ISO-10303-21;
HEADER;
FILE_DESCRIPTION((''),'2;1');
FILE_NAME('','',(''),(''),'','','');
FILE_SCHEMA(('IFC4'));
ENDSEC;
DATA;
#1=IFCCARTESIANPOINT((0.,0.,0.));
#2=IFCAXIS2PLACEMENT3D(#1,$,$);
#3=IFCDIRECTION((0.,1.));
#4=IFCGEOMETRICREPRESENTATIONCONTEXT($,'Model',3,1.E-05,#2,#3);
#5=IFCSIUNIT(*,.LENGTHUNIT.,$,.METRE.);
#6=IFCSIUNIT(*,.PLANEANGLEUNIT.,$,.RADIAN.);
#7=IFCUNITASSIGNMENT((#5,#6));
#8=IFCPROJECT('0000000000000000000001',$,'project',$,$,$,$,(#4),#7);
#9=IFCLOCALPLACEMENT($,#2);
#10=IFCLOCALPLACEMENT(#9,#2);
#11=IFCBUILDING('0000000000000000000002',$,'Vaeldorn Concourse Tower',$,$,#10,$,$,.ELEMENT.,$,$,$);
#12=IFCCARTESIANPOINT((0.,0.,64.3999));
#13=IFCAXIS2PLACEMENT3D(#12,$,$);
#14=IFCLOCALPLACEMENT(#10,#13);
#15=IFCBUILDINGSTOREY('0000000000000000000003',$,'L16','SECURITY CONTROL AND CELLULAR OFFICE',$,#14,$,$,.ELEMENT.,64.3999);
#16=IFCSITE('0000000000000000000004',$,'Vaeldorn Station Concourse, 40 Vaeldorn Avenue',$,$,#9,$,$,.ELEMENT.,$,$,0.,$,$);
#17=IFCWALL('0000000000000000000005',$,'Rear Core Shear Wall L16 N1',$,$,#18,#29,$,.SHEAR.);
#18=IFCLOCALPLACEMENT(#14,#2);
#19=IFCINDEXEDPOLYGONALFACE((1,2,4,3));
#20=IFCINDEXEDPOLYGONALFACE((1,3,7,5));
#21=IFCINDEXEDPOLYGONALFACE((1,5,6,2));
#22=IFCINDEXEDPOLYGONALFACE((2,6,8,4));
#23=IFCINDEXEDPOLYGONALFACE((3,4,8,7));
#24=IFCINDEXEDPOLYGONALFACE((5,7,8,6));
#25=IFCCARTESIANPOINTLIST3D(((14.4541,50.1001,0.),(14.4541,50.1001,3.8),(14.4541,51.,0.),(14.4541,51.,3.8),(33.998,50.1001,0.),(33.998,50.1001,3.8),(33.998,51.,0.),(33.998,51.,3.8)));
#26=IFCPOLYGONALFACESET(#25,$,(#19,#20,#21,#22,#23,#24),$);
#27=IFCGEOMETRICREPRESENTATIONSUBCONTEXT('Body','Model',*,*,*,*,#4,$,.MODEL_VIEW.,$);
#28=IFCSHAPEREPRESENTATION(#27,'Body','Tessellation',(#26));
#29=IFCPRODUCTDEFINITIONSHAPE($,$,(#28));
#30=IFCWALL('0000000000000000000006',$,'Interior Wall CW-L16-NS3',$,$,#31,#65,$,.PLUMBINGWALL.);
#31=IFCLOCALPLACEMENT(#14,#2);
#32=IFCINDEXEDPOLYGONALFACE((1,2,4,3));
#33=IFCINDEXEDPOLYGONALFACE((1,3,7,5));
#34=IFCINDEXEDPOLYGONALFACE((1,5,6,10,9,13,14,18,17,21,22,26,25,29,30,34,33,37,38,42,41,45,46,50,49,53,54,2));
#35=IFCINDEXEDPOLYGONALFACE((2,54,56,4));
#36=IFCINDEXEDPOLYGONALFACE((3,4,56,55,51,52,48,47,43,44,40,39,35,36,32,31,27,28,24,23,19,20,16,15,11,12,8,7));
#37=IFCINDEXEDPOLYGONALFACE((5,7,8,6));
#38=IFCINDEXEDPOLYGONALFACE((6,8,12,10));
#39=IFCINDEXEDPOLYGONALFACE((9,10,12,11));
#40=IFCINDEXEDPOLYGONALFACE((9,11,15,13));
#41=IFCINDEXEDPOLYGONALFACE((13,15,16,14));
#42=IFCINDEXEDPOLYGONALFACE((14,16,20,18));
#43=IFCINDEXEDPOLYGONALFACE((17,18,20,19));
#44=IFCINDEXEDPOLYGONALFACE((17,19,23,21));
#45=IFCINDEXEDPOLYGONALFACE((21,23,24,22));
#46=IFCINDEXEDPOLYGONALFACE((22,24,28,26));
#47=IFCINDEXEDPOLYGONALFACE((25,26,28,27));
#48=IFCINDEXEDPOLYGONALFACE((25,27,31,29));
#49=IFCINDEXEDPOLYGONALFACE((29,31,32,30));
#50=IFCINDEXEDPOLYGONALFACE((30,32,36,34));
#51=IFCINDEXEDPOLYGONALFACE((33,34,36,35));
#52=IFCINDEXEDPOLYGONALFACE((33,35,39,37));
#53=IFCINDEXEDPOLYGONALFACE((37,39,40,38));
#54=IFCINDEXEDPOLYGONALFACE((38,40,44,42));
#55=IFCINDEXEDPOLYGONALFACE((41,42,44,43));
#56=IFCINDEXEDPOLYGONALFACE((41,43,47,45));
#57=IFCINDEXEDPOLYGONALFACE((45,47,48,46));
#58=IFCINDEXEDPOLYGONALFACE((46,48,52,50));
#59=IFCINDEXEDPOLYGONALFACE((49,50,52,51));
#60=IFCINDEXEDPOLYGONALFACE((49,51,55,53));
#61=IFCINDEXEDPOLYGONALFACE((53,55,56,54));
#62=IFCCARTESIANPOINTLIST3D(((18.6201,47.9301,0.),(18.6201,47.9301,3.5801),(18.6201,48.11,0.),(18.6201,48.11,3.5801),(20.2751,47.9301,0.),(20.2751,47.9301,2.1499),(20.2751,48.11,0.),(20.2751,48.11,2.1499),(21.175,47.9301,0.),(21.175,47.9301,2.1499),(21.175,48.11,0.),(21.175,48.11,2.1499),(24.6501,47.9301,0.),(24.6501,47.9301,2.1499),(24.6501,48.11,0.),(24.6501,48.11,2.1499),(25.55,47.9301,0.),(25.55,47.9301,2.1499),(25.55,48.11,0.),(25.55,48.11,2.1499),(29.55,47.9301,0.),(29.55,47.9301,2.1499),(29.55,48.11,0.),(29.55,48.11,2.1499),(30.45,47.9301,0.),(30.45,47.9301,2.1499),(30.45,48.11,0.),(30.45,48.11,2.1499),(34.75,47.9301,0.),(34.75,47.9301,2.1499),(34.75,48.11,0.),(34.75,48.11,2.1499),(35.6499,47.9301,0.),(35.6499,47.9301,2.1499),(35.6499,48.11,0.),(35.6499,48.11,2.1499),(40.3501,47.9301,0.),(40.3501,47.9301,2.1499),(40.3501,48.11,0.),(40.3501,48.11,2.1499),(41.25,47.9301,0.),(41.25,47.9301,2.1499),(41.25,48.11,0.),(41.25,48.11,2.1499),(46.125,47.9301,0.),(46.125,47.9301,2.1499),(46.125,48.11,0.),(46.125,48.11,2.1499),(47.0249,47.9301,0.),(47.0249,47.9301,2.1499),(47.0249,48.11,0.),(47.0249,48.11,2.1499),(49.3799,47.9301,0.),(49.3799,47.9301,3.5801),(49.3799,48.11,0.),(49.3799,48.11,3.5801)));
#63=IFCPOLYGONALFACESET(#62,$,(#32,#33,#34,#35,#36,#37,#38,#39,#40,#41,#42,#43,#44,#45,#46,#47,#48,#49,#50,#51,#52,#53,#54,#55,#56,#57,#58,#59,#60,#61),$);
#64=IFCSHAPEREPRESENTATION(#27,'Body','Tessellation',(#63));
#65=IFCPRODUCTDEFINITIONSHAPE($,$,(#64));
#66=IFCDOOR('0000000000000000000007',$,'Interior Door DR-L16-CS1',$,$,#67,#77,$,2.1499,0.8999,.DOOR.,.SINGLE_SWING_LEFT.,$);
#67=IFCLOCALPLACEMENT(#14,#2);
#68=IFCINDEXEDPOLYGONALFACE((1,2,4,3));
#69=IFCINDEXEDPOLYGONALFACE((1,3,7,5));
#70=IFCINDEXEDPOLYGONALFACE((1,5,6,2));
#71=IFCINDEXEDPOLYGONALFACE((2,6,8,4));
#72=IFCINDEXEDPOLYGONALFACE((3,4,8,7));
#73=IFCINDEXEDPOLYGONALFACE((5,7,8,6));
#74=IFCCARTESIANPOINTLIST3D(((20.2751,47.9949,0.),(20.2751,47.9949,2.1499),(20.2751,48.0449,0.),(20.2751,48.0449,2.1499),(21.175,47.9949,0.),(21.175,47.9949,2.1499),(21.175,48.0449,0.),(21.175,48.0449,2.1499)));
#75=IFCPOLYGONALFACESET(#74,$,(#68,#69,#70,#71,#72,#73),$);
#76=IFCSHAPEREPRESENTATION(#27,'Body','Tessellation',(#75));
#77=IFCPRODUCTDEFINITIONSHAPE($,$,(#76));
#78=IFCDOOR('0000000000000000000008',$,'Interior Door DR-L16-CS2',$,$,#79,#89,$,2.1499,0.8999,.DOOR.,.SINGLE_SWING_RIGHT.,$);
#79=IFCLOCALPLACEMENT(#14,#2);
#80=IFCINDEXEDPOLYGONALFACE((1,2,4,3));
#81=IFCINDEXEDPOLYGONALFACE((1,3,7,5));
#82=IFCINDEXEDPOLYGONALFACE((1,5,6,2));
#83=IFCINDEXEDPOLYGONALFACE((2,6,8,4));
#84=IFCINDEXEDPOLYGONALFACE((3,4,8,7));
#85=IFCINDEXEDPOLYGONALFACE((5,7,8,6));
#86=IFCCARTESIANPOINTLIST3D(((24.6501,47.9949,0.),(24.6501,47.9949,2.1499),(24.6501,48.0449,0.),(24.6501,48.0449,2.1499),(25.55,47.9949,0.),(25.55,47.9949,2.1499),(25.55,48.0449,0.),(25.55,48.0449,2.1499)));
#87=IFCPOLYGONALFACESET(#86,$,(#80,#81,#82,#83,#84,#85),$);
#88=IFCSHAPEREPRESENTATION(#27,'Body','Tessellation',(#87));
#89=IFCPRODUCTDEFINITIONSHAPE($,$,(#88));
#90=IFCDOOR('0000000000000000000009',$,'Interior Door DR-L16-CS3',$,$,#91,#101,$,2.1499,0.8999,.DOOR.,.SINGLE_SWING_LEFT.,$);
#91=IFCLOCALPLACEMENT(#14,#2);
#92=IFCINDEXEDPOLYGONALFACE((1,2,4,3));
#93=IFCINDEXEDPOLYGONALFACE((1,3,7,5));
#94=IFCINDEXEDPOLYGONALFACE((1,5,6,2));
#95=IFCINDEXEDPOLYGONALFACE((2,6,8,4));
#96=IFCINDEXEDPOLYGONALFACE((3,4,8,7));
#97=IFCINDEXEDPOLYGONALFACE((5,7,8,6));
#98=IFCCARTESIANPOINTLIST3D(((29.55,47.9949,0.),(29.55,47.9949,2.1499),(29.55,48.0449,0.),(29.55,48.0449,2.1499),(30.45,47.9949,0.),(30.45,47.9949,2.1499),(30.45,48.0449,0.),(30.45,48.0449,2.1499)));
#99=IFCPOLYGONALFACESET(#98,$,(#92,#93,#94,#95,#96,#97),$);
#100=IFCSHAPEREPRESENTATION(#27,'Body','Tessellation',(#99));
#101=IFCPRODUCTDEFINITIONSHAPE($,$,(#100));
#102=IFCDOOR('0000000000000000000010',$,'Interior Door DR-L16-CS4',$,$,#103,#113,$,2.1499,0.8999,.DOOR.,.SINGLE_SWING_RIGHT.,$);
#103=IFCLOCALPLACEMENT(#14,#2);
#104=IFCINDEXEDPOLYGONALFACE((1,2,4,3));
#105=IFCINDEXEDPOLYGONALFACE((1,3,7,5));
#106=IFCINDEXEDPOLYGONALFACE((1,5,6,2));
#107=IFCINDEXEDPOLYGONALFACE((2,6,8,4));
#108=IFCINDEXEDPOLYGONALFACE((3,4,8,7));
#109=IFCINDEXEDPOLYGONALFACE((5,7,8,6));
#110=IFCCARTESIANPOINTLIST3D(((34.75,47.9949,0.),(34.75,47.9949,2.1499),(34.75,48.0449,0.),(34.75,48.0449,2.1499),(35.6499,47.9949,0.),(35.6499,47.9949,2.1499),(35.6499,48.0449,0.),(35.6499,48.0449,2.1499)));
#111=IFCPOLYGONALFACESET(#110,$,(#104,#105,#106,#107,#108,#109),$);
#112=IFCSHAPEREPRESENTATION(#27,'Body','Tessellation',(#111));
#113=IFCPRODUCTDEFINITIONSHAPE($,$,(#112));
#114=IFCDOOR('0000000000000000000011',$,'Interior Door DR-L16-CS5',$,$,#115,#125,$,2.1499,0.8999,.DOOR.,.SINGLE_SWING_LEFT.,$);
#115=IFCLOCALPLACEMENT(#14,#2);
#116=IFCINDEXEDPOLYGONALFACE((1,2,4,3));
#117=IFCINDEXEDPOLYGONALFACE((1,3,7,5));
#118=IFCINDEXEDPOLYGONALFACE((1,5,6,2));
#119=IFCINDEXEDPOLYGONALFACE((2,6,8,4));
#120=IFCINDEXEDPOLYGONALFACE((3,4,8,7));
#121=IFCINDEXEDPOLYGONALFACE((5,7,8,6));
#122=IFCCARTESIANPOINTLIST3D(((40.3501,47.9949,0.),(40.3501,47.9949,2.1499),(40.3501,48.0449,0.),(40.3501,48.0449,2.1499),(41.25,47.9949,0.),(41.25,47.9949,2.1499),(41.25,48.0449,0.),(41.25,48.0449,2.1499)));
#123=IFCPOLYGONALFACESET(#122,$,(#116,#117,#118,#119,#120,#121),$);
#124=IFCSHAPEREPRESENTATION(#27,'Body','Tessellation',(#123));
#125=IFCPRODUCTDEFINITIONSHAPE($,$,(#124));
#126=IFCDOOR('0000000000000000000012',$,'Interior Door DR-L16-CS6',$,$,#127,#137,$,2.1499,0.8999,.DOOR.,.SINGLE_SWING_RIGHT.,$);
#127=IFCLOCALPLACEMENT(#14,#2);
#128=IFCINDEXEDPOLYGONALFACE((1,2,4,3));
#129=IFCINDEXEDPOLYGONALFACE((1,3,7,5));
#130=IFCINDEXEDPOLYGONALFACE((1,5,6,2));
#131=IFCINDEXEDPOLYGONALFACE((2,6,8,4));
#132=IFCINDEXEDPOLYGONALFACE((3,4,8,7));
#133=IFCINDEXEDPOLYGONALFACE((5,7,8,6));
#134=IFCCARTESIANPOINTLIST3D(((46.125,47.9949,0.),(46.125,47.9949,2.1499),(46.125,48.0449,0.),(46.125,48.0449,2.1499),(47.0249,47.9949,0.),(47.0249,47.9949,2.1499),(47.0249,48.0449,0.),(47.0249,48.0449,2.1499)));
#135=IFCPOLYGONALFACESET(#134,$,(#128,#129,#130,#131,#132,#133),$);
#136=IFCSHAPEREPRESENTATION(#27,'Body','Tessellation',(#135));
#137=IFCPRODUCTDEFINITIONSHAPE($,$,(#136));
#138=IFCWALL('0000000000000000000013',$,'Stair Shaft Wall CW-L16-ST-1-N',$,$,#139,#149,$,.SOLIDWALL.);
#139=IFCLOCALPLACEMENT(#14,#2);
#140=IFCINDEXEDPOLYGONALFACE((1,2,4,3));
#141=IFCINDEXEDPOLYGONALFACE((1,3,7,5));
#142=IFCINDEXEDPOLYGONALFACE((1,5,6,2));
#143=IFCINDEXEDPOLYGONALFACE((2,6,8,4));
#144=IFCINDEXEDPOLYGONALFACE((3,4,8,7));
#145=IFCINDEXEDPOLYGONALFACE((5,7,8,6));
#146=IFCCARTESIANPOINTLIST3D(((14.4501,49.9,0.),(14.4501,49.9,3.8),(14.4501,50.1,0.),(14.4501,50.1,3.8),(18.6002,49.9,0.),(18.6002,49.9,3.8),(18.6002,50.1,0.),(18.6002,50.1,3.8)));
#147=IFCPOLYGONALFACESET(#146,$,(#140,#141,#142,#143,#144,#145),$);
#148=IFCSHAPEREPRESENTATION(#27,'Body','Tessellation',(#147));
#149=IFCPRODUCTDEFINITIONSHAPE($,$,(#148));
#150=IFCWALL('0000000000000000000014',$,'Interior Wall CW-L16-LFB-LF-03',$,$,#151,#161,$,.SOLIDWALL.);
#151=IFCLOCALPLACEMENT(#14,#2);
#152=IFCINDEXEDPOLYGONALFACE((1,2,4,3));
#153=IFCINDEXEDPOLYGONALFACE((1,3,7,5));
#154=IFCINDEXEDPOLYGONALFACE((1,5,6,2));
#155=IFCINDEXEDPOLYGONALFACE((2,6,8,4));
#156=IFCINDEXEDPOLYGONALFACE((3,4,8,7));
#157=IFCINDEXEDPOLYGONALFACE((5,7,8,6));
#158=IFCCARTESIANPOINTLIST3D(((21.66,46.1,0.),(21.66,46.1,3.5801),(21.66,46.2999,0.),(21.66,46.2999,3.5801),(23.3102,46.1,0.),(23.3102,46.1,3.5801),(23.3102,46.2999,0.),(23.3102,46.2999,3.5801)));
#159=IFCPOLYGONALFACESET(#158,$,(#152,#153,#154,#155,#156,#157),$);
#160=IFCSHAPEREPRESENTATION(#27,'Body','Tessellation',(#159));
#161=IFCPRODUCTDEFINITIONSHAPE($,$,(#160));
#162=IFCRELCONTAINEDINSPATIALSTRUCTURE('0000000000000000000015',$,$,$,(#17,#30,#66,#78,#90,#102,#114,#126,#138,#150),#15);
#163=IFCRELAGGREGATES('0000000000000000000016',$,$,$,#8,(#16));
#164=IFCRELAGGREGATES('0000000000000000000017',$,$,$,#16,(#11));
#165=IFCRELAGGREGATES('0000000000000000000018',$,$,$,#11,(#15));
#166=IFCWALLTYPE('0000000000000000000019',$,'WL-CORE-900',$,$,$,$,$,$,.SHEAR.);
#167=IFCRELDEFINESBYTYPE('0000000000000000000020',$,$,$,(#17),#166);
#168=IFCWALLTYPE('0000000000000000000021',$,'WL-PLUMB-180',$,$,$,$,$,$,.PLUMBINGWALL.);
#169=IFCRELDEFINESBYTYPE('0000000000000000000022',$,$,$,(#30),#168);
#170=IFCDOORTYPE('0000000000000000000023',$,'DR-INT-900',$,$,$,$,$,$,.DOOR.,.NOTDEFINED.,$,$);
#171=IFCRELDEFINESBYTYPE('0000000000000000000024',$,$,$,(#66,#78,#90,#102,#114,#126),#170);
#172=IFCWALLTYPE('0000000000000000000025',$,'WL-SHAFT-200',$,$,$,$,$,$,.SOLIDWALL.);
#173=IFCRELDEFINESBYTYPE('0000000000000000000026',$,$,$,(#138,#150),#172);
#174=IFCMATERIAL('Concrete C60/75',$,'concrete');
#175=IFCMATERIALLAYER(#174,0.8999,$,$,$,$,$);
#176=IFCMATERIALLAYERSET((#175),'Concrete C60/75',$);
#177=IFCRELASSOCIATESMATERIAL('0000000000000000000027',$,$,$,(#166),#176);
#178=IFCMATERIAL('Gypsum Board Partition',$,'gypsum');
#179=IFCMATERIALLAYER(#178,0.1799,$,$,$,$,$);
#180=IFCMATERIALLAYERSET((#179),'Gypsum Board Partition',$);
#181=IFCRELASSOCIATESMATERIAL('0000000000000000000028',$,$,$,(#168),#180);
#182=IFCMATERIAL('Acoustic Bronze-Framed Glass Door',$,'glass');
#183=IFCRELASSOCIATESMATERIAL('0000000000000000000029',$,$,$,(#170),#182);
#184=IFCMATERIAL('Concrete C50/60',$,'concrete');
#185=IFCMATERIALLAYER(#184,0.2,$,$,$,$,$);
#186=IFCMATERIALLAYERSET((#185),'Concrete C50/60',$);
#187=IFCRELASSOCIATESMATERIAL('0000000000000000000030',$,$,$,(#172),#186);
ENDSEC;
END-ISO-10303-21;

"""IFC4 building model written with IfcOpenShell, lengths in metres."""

from ifc_helpers import new_model, si_unit, direction, frame, frame_2d, origin, place, context, subcontext, project, spatial, rectangle, extrude, source, transform, mapped, material, layer, layer_set, type_object, element, fill, save


model = new_model("IFC4")

# Units and contexts
model_context = context("Model", 3, precision=1e-05, world=origin(), true_north=direction((0.0, 1.0)))
body_context = subcontext(model_context, "Body", "Model", "MODEL_VIEW")
ifc_project = project(units=[si_unit("LENGTHUNIT", "METRE"), si_unit("PLANEANGLEUNIT", "RADIAN")], contexts=[model_context])

# Site, building, storey
site_placement = place(None, origin())
site = spatial("IfcSite", under=ifc_project, at=site_placement, Name="Vaeldorn Station Concourse, 40 Vaeldorn Avenue", CompositionType="ELEMENT", RefElevation=0.0)
building_placement = place(site_placement, origin())
building = spatial("IfcBuilding", under=site, at=building_placement, Name="Vaeldorn Concourse Tower", CompositionType="ELEMENT")
storey_placement = place(building_placement, frame((0.0, 0.0, 64.3999)))
storey = spatial("IfcBuildingStorey", under=building, at=storey_placement, Name="L16", Description="SECURITY CONTROL AND CELLULAR OFFICE", CompositionType="ELEMENT", Elevation=64.3999)

# Wall
ifc_material_1 = material(Name="Concrete C60/75", Category="concrete")
ifc_layer_1 = layer(ifc_material_1, 0.8999)
ifc_layer_set_1 = layer_set([ifc_layer_1], Name="Concrete C60/75")
wall_type_1 = type_object("IfcWallType", Name="WL-CORE-900", PredefinedType="SHEAR", material=ifc_layer_set_1)
wall_1_placement = place(storey_placement, frame((14.4541, 50.55, 0.0), z_axis=(0.0, 0.0, 1.0), x_axis=(1.0, 0.0, 0.0)))
element("IfcWall", 1, at=wall_1_placement, inside=storey, type_object=wall_type_1, Name="Rear Core Shear Wall L16 N1", PredefinedType="SHEAR", context=body_context, shape_type="SweptSolid", body=[
    extrude(rectangle(XDim=19.5439, YDim=0.8999, at=frame_2d((9.772, 0.0))), origin(), (0.0, 0.0, 1.0), 3.8),
])

# Wall, openings, doors
ifc_material_2 = material(Name="Gypsum Board Partition", Category="gypsum")
ifc_layer_2 = layer(ifc_material_2, 0.1799)
ifc_layer_set_2 = layer_set([ifc_layer_2], Name="Gypsum Board Partition")
wall_type_2 = type_object("IfcWallType", Name="WL-PLUMB-180", PredefinedType="PLUMBINGWALL", material=ifc_layer_set_2)
wall_2_placement = place(storey_placement, frame((18.6201, 48.02, 0.0), z_axis=(0.0, 0.0, 1.0), x_axis=(1.0, 0.0, 0.0)))
wall_2 = element("IfcWall", 2, at=wall_2_placement, inside=storey, type_object=wall_type_2, Name="Interior Wall CW-L16-NS3", PredefinedType="PLUMBINGWALL", context=body_context, shape_type="SweptSolid", body=[
    extrude(rectangle(XDim=30.7598, YDim=0.1799, at=frame_2d((15.3799, 0.0))), origin(), (0.0, 0.0, 1.0), 3.5801),
])
opening_1_placement = place(wall_2_placement, frame((1.655, 0.0, 0.0)))
opening_1 = element("IfcOpeningElement", 3, at=opening_1_placement, cuts=wall_2, PredefinedType="OPENING", context=body_context, shape_type="SweptSolid", body=[
    extrude(rectangle(XDim=0.8999, YDim=2.1499, at=frame_2d((0.45, 1.075))), frame((0.0, 0.1001, 0.0), z_axis=(0.0, -1.0, 0.0), x_axis=(1.0, 0.0, 0.0)), (0.0, 0.0, 1.0), 0.2),
])
opening_2_placement = place(wall_2_placement, frame((6.03, 0.0, 0.0)))
opening_2 = element("IfcOpeningElement", 4, at=opening_2_placement, cuts=wall_2, PredefinedType="OPENING", context=body_context, shape_type="SweptSolid", body=[
    extrude(rectangle(XDim=0.8999, YDim=2.1499, at=frame_2d((0.45, 1.075))), frame((0.0, 0.1001, 0.0), z_axis=(0.0, -1.0, 0.0), x_axis=(1.0, 0.0, 0.0)), (0.0, 0.0, 1.0), 0.2),
])
opening_3_placement = place(wall_2_placement, frame((10.9299, 0.0, 0.0)))
opening_3 = element("IfcOpeningElement", 5, at=opening_3_placement, cuts=wall_2, PredefinedType="OPENING", context=body_context, shape_type="SweptSolid", body=[
    extrude(rectangle(XDim=0.8999, YDim=2.1499, at=frame_2d((0.45, 1.075))), frame((0.0, 0.1001, 0.0), z_axis=(0.0, -1.0, 0.0), x_axis=(1.0, 0.0, 0.0)), (0.0, 0.0, 1.0), 0.2),
])
opening_4_placement = place(wall_2_placement, frame((16.1299, 0.0, 0.0)))
opening_4 = element("IfcOpeningElement", 6, at=opening_4_placement, cuts=wall_2, PredefinedType="OPENING", context=body_context, shape_type="SweptSolid", body=[
    extrude(rectangle(XDim=0.8999, YDim=2.1499, at=frame_2d((0.45, 1.075))), frame((0.0, 0.1001, 0.0), z_axis=(0.0, -1.0, 0.0), x_axis=(1.0, 0.0, 0.0)), (0.0, 0.0, 1.0), 0.2),
])
opening_5_placement = place(wall_2_placement, frame((21.73, 0.0, 0.0)))
opening_5 = element("IfcOpeningElement", 7, at=opening_5_placement, cuts=wall_2, PredefinedType="OPENING", context=body_context, shape_type="SweptSolid", body=[
    extrude(rectangle(XDim=0.8999, YDim=2.1499, at=frame_2d((0.45, 1.075))), frame((0.0, 0.1001, 0.0), z_axis=(0.0, -1.0, 0.0), x_axis=(1.0, 0.0, 0.0)), (0.0, 0.0, 1.0), 0.2),
])
opening_6_placement = place(wall_2_placement, frame((27.5049, 0.0, 0.0)))
opening_6 = element("IfcOpeningElement", 8, at=opening_6_placement, cuts=wall_2, PredefinedType="OPENING", context=body_context, shape_type="SweptSolid", body=[
    extrude(rectangle(XDim=0.8999, YDim=2.1499, at=frame_2d((0.45, 1.075))), frame((0.0, 0.1001, 0.0), z_axis=(0.0, -1.0, 0.0), x_axis=(1.0, 0.0, 0.0)), (0.0, 0.0, 1.0), 0.2),
])
ifc_material_3 = material(Name="Acoustic Bronze-Framed Glass Door", Category="glass")
door_type_1 = type_object("IfcDoorType", Name="DR-INT-900", OperationType="NOTDEFINED", PredefinedType="DOOR", material=ifc_material_3)
shared_shape_1 = source(origin(), body_context, "Body", "SweptSolid", [
    extrude(rectangle(XDim=0.8999, YDim=2.1499, at=frame_2d((0.45, 1.075))), frame((0.0, 0.0249, 0.0), z_axis=(0.0, -1.0, 0.0), x_axis=(1.0, 0.0, 0.0)), (0.0, 0.0, 1.0), 0.05),
])
door_1_placement = place(opening_1_placement, origin())
door_1 = element("IfcDoor", 9, at=door_1_placement, inside=storey, type_object=door_type_1, Name="Interior Door DR-L16-CS1", OperationType="SINGLE_SWING_LEFT", OverallHeight=2.1499, OverallWidth=0.8999, PredefinedType="DOOR", context=body_context, shape_type="MappedRepresentation", body=[
    mapped(shared_shape_1, transform((0.0, 0.0, 0.0), scale=1.0)),
])
fill(opening_1, door_1)
door_2_placement = place(opening_2_placement, origin())
door_2 = element("IfcDoor", 10, at=door_2_placement, inside=storey, type_object=door_type_1, Name="Interior Door DR-L16-CS2", OperationType="SINGLE_SWING_RIGHT", OverallHeight=2.1499, OverallWidth=0.8999, PredefinedType="DOOR", context=body_context, shape_type="MappedRepresentation", body=[
    mapped(shared_shape_1, transform((0.0, 0.0, 0.0), scale=1.0)),
])
fill(opening_2, door_2)
door_3_placement = place(opening_3_placement, origin())
door_3 = element("IfcDoor", 11, at=door_3_placement, inside=storey, type_object=door_type_1, Name="Interior Door DR-L16-CS3", OperationType="SINGLE_SWING_LEFT", OverallHeight=2.1499, OverallWidth=0.8999, PredefinedType="DOOR", context=body_context, shape_type="MappedRepresentation", body=[
    mapped(shared_shape_1, transform((0.0, 0.0, 0.0), scale=1.0)),
])
fill(opening_3, door_3)
door_4_placement = place(opening_4_placement, origin())
door_4 = element("IfcDoor", 12, at=door_4_placement, inside=storey, type_object=door_type_1, Name="Interior Door DR-L16-CS4", OperationType="SINGLE_SWING_RIGHT", OverallHeight=2.1499, OverallWidth=0.8999, PredefinedType="DOOR", context=body_context, shape_type="MappedRepresentation", body=[
    mapped(shared_shape_1, transform((0.0, 0.0, 0.0), scale=1.0)),
])
fill(opening_4, door_4)
door_5_placement = place(opening_5_placement, origin())
door_5 = element("IfcDoor", 13, at=door_5_placement, inside=storey, type_object=door_type_1, Name="Interior Door DR-L16-CS5", OperationType="SINGLE_SWING_LEFT", OverallHeight=2.1499, OverallWidth=0.8999, PredefinedType="DOOR", context=body_context, shape_type="MappedRepresentation", body=[
    mapped(shared_shape_1, transform((0.0, 0.0, 0.0), scale=1.0)),
])
fill(opening_5, door_5)
door_6_placement = place(opening_6_placement, origin())
door_6 = element("IfcDoor", 14, at=door_6_placement, inside=storey, type_object=door_type_1, Name="Interior Door DR-L16-CS6", OperationType="SINGLE_SWING_RIGHT", OverallHeight=2.1499, OverallWidth=0.8999, PredefinedType="DOOR", context=body_context, shape_type="MappedRepresentation", body=[
    mapped(shared_shape_1, transform((0.0, 0.0, 0.0), scale=1.0)),
])
fill(opening_6, door_6)

# Wall
ifc_material_4 = material(Name="Concrete C50/60", Category="concrete")
ifc_layer_3 = layer(ifc_material_4, 0.2)
ifc_layer_set_3 = layer_set([ifc_layer_3], Name="Concrete C50/60")
wall_type_3 = type_object("IfcWallType", Name="WL-SHAFT-200", PredefinedType="SOLIDWALL", material=ifc_layer_set_3)
wall_3_placement = place(storey_placement, frame((14.45, 50.0, 0.0), z_axis=(0.0, 0.0, 1.0), x_axis=(1.0, 0.0, 0.0)))
element("IfcWall", 15, at=wall_3_placement, inside=storey, type_object=wall_type_3, Name="Stair Shaft Wall CW-L16-ST-1-N", PredefinedType="SOLIDWALL", context=body_context, shape_type="SweptSolid", body=[
    extrude(rectangle(XDim=4.1501, YDim=0.2, at=frame_2d((2.0752, 0.0))), origin(), (0.0, 0.0, 1.0), 3.8),
])

# Wall
wall_4_placement = place(storey_placement, frame((21.6599, 46.2, 0.0), z_axis=(0.0, 0.0, 1.0), x_axis=(1.0, 0.0, 0.0)))
element("IfcWall", 16, at=wall_4_placement, inside=storey, type_object=wall_type_3, Name="Interior Wall CW-L16-LFB-LF-03", PredefinedType="SOLIDWALL", context=body_context, shape_type="SweptSolid", body=[
    extrude(rectangle(XDim=1.6501, YDim=0.2, at=frame_2d((0.8252, 0.0))), origin(), (0.0, 0.0, 1.0), 3.5801),
])

save(model, "model.ifc")
